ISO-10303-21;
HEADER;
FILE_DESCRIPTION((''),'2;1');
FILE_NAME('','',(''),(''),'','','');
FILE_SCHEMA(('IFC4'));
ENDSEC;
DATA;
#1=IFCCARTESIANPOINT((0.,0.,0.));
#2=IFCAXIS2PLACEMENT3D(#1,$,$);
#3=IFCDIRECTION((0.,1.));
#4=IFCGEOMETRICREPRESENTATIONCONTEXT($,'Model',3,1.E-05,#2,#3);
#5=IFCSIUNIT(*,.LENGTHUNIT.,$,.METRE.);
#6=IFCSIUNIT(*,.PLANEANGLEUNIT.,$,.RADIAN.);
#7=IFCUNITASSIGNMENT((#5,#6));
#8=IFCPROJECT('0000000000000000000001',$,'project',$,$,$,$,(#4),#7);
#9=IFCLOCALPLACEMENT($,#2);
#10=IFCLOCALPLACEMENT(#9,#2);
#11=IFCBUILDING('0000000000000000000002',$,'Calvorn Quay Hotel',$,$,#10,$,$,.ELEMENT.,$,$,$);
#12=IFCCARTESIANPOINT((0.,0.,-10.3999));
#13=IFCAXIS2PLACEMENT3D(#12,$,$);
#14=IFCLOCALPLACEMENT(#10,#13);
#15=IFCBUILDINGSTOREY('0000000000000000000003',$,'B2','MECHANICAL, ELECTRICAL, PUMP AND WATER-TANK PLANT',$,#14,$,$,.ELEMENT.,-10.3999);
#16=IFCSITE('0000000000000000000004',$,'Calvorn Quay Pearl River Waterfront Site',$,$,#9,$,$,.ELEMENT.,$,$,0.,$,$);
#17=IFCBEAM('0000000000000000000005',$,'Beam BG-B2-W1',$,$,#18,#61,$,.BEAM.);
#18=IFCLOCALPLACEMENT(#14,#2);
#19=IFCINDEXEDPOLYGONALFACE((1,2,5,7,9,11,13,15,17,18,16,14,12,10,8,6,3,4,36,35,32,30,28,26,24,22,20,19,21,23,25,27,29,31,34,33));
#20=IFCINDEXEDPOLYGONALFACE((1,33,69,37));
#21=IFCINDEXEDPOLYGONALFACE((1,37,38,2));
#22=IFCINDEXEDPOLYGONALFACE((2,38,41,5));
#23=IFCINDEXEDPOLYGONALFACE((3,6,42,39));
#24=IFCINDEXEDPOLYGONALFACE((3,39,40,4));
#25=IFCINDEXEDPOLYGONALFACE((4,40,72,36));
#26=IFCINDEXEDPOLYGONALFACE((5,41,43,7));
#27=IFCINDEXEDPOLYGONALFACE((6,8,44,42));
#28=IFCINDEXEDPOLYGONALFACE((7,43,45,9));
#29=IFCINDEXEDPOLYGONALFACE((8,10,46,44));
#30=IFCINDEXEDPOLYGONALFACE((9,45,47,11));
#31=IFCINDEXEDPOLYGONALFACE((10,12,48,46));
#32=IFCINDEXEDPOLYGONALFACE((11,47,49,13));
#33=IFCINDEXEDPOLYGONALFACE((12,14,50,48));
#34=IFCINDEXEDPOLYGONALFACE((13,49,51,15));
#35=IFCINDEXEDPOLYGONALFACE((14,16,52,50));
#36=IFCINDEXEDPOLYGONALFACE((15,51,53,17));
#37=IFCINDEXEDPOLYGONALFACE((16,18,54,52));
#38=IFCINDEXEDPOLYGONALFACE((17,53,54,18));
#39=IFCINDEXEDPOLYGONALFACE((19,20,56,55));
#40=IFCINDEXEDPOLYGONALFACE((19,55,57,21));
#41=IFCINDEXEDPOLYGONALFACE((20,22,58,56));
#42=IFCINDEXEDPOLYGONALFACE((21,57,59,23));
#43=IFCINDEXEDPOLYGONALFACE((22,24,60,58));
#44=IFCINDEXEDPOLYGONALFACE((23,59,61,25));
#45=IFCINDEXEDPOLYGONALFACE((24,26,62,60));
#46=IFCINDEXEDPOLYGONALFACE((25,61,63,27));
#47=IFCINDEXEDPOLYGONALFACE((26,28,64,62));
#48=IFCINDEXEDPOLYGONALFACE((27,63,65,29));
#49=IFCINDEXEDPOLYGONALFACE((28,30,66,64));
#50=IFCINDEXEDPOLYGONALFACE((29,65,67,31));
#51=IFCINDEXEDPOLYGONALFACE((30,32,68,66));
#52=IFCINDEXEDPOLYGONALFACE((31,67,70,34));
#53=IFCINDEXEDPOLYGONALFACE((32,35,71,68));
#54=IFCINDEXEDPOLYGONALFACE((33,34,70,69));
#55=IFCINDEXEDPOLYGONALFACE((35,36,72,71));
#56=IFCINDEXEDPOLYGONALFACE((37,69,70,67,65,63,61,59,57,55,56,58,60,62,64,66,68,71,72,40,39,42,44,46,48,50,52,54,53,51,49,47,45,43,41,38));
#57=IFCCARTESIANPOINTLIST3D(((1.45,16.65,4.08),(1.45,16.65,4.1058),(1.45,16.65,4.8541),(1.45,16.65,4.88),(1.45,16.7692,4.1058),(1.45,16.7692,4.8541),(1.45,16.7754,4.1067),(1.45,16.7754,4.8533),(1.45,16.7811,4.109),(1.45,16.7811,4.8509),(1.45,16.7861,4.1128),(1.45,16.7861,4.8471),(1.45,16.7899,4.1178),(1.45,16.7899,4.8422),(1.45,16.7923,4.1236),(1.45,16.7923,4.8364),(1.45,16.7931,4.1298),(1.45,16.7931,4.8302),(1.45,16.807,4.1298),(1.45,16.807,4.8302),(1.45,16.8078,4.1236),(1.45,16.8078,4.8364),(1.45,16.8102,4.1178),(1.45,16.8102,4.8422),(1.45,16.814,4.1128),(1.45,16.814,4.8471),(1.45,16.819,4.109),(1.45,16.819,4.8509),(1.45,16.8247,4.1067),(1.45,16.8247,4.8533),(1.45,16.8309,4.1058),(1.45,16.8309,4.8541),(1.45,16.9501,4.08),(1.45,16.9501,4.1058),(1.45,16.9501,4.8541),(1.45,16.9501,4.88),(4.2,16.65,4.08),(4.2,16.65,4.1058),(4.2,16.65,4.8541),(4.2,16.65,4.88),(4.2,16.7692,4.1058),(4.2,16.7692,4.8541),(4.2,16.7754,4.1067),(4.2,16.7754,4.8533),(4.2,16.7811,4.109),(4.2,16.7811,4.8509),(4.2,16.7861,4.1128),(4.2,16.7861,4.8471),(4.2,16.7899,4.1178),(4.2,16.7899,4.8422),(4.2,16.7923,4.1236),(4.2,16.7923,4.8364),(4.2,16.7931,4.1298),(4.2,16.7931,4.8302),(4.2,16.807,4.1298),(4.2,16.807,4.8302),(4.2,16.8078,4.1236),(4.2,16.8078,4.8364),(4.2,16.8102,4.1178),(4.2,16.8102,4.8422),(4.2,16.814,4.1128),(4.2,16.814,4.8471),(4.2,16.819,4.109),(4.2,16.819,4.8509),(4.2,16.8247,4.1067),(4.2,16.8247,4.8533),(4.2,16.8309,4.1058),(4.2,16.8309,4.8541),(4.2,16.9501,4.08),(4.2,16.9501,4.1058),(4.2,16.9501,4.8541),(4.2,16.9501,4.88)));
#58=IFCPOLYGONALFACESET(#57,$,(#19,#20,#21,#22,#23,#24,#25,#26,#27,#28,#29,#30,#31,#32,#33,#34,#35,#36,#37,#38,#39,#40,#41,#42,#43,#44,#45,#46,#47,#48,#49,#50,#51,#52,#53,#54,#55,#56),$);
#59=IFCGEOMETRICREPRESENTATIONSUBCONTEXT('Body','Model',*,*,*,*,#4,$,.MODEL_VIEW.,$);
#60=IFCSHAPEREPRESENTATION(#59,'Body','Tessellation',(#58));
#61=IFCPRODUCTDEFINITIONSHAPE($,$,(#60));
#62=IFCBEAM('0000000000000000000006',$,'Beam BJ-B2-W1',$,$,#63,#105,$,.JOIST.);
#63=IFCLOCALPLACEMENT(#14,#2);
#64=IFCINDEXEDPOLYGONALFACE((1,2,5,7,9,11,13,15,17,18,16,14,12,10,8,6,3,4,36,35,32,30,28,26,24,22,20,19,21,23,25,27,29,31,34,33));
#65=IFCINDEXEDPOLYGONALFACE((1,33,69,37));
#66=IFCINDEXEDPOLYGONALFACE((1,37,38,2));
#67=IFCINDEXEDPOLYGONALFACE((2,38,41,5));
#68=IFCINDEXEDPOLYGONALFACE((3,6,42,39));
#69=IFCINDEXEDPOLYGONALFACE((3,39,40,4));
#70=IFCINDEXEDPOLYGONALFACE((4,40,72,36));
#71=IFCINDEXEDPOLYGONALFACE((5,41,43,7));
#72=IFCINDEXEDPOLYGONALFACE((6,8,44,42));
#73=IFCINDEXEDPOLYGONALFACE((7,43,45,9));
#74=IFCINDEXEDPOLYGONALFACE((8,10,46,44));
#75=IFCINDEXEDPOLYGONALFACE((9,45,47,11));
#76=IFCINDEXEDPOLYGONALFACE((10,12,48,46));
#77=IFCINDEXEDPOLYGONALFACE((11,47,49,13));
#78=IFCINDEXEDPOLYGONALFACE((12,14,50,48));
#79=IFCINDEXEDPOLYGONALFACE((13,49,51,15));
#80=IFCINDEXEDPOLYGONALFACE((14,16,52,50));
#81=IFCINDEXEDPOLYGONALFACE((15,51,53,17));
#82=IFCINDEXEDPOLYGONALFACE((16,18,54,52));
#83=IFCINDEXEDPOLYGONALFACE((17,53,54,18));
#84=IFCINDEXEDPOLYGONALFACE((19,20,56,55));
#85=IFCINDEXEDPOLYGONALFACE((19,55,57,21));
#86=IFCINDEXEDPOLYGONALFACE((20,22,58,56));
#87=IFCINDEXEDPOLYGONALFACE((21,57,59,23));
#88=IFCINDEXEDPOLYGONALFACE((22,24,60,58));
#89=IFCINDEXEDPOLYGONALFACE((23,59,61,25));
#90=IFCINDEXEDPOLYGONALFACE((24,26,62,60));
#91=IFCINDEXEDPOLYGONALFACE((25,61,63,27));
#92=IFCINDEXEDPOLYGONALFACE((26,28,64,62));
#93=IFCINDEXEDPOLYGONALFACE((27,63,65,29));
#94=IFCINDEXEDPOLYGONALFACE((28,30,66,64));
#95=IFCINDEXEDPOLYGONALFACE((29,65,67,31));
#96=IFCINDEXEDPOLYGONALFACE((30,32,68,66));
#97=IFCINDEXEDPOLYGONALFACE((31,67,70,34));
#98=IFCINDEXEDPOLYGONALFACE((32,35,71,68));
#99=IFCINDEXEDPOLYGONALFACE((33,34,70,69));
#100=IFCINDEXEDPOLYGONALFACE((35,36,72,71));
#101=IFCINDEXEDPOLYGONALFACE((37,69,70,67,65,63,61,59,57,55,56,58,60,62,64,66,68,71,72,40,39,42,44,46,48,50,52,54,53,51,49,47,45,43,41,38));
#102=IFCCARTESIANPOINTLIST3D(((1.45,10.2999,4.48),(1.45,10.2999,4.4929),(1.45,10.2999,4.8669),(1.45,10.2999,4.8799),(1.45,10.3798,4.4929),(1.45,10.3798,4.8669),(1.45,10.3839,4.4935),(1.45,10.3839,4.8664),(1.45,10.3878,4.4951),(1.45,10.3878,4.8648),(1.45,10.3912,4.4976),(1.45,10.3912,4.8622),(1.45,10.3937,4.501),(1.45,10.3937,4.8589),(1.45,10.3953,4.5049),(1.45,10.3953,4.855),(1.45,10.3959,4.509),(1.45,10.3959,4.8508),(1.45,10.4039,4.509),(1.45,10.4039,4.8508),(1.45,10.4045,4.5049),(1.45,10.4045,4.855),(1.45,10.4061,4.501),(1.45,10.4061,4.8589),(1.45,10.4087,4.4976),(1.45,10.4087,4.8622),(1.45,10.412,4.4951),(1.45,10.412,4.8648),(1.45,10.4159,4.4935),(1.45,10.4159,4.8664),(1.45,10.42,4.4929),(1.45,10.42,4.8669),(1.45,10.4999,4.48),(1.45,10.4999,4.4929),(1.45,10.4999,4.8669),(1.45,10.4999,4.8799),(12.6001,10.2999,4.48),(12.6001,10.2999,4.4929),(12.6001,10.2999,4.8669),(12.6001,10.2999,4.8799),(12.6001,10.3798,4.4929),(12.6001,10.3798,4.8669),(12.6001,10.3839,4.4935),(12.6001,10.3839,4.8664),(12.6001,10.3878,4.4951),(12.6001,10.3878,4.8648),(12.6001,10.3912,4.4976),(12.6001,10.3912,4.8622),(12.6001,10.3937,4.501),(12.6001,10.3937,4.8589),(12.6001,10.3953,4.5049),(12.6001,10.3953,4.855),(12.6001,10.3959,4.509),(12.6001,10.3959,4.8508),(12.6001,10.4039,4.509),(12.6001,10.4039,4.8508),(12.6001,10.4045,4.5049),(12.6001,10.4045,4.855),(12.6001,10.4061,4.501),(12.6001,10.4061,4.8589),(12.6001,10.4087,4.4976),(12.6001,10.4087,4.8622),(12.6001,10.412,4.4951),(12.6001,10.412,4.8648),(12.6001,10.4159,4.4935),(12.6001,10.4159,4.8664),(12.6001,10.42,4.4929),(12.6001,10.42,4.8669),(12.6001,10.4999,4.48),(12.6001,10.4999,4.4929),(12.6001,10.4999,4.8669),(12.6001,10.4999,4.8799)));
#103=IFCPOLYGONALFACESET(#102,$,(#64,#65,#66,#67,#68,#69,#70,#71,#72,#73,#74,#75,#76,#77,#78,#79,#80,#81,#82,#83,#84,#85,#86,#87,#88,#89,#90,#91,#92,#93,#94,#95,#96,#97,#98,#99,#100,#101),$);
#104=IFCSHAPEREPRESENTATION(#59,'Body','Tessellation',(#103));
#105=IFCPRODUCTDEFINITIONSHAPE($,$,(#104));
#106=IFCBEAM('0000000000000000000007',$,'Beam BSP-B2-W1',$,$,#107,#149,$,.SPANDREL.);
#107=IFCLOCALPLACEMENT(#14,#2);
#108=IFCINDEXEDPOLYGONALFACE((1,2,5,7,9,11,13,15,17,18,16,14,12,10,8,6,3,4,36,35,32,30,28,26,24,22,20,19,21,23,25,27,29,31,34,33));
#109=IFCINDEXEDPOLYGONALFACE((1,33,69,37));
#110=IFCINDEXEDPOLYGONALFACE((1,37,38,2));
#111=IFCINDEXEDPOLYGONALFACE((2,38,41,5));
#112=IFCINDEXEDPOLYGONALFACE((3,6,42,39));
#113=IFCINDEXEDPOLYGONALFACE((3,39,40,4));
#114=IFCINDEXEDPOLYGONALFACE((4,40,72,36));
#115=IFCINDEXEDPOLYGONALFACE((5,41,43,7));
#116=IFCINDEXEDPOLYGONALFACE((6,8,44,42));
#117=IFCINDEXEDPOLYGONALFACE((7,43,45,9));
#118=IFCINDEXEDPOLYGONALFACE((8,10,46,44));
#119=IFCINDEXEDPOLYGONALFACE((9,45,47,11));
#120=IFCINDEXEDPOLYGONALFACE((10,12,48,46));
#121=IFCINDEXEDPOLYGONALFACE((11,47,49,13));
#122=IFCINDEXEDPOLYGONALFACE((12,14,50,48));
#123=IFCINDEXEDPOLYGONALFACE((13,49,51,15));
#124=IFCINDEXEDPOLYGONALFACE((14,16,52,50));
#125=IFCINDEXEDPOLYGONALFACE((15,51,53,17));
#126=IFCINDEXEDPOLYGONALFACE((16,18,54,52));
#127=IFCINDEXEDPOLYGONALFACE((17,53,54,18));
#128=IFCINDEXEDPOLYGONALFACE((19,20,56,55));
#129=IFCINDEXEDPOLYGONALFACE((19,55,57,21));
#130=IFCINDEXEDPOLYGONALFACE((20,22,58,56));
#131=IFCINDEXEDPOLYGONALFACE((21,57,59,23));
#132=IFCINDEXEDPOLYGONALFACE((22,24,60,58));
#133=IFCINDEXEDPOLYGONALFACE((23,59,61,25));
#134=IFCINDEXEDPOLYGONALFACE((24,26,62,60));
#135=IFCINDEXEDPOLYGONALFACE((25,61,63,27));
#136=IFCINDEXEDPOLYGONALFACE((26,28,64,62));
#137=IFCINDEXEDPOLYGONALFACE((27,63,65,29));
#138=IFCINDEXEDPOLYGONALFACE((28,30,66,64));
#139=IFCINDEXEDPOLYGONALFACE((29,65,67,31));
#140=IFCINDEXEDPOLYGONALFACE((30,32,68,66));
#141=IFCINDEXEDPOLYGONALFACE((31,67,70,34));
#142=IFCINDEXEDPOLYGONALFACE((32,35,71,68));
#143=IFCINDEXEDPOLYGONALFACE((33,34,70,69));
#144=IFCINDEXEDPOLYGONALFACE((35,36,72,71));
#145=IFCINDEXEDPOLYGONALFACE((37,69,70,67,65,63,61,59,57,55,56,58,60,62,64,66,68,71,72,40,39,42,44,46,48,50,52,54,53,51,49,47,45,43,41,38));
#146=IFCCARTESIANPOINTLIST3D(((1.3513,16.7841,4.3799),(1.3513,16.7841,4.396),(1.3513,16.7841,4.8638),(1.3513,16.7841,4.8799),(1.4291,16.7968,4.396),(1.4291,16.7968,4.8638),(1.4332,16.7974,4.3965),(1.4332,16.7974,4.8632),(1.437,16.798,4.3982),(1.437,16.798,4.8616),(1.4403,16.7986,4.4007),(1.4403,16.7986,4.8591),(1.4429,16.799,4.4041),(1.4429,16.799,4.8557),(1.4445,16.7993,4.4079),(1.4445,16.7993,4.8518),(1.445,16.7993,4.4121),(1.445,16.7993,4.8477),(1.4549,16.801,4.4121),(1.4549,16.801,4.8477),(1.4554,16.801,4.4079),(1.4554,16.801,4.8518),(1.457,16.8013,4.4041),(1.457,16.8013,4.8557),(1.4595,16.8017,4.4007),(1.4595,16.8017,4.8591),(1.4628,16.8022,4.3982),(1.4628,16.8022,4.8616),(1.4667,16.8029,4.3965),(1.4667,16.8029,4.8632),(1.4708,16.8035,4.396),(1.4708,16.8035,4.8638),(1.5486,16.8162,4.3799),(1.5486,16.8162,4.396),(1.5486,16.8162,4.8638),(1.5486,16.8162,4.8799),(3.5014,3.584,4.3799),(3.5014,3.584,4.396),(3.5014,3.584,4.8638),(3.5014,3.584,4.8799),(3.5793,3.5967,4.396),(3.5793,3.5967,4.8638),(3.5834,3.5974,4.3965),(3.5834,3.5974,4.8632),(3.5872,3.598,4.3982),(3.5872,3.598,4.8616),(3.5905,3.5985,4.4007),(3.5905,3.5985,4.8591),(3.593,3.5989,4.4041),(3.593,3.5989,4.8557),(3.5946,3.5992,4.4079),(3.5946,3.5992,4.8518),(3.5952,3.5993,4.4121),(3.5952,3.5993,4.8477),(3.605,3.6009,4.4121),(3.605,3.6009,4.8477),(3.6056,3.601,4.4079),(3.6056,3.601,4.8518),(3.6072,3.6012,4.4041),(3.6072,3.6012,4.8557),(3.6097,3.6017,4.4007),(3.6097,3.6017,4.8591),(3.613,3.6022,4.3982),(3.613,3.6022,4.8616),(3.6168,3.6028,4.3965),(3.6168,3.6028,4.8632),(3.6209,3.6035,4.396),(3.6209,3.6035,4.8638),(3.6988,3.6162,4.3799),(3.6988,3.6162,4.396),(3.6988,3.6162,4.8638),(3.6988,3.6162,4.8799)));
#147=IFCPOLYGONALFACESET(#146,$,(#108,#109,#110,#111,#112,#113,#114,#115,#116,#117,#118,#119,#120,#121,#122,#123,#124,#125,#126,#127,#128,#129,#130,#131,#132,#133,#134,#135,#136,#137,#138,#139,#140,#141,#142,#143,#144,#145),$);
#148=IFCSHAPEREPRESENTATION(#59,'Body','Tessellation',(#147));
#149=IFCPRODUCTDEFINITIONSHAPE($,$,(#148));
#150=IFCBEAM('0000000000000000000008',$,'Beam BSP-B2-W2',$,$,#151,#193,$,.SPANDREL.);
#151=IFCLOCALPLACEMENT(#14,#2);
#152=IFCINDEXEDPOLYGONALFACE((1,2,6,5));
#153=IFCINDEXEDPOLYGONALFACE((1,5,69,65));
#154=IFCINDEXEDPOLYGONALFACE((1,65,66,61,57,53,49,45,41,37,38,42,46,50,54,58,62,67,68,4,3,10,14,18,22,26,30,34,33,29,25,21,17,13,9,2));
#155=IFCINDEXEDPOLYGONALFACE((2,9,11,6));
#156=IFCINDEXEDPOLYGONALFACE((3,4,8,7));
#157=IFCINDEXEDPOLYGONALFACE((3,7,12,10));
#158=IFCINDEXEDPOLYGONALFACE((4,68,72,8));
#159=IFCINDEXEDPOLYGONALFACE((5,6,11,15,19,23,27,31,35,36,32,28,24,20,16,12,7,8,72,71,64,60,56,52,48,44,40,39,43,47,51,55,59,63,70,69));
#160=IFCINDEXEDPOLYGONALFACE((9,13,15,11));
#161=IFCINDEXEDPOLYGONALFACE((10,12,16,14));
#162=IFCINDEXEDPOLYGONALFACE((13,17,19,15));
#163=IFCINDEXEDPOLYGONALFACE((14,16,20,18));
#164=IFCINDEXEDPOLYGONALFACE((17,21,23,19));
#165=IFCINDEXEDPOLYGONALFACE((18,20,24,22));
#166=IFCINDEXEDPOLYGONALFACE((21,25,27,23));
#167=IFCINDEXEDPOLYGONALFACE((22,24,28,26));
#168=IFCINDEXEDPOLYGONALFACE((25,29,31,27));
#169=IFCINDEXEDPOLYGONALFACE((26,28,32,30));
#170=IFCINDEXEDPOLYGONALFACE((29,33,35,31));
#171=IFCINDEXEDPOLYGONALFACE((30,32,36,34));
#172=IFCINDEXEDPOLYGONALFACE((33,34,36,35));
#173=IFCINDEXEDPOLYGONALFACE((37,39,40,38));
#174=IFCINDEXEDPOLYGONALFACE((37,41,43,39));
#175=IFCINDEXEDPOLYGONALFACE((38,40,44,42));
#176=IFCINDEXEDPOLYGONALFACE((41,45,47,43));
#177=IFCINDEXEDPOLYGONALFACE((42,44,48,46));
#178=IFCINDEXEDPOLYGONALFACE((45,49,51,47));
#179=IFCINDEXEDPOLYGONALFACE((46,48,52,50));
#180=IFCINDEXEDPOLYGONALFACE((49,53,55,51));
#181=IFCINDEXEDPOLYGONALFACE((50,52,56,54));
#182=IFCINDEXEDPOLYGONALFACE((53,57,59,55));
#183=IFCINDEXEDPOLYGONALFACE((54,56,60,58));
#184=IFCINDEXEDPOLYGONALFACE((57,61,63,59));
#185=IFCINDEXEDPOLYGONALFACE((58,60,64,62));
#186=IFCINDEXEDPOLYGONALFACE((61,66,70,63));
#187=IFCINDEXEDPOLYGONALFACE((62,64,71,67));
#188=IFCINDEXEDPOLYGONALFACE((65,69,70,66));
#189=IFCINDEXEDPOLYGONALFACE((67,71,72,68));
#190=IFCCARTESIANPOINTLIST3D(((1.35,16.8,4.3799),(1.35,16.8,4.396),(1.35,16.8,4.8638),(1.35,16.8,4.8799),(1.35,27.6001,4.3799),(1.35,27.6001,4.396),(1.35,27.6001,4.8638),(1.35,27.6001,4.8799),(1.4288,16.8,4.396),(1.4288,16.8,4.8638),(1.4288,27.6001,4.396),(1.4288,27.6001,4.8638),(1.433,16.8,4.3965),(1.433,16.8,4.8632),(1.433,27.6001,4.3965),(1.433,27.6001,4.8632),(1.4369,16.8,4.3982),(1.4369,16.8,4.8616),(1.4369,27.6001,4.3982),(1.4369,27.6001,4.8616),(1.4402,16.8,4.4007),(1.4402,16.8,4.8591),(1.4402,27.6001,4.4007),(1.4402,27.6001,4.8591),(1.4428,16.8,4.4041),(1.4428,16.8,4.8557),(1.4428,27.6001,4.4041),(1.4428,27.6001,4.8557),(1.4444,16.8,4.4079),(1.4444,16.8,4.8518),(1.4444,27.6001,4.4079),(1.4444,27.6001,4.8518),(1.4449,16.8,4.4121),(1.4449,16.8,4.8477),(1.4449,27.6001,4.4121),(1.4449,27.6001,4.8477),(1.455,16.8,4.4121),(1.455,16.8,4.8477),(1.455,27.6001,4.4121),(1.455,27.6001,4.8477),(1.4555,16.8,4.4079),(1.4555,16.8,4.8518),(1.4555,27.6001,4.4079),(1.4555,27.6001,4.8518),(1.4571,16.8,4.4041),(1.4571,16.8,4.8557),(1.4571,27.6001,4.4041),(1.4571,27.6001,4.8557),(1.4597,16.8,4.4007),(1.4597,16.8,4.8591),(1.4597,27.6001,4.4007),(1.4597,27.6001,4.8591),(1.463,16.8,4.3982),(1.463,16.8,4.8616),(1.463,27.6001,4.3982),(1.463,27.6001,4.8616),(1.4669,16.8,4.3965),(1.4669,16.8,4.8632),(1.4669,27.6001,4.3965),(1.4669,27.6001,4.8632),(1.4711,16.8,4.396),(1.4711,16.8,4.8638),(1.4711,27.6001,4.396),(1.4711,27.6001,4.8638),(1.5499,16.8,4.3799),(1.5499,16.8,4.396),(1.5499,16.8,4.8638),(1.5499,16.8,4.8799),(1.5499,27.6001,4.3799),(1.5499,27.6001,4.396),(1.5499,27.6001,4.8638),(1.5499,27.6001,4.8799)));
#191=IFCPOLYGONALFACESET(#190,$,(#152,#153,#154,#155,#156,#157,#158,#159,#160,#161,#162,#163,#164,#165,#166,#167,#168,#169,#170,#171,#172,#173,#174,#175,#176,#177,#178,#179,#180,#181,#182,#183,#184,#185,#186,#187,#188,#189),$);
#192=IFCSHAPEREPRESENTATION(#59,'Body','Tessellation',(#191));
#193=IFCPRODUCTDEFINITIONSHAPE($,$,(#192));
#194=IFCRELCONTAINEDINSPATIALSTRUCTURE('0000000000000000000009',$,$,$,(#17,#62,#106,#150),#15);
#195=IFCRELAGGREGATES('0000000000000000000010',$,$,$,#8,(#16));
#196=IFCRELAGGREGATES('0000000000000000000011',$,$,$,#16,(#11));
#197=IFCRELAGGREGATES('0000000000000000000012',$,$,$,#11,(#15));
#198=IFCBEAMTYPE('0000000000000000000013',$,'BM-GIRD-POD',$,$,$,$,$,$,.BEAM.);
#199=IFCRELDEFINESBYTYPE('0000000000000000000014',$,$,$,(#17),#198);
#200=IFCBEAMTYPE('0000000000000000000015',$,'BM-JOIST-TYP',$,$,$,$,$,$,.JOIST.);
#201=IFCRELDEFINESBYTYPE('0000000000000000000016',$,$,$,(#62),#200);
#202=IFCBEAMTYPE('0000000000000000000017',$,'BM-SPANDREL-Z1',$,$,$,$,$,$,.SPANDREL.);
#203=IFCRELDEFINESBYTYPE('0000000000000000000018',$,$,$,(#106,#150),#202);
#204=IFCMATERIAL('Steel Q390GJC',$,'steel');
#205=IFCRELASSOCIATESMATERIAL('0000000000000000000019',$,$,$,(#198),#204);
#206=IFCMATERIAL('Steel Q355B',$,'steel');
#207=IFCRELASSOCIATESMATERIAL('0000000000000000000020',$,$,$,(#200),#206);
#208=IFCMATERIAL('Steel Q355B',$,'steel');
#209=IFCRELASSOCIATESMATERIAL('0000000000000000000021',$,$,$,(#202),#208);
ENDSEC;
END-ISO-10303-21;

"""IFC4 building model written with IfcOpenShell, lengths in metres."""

from ifc_helpers import new_model, si_unit, direction, frame, origin, origin_2d, place, context, subcontext, project, spatial, i_section, extrude, material, material_profile, profile_set, type_object, element, save


model = new_model("IFC4")

# Units and contexts
model_context = context("Model", 3, precision=1e-05, world=origin(), true_north=direction((0.0, 1.0)))
body_context = subcontext(model_context, "Body", "Model", "MODEL_VIEW")
ifc_project = project(units=[si_unit("LENGTHUNIT", "METRE"), si_unit("PLANEANGLEUNIT", "RADIAN")], contexts=[model_context])

# Site, building, storey
site_placement = place(None, origin())
site = spatial("IfcSite", under=ifc_project, at=site_placement, Name="Calvorn Quay Pearl River Waterfront Site", CompositionType="ELEMENT", RefElevation=0.0)
building_placement = place(site_placement, origin())
building = spatial("IfcBuilding", under=site, at=building_placement, Name="Calvorn Quay Hotel", CompositionType="ELEMENT")
storey_placement = place(building_placement, frame((0.0, 0.0, -10.3999)))
storey = spatial("IfcBuildingStorey", under=building, at=storey_placement, Name="B2", Description="MECHANICAL, ELECTRICAL, PUMP AND WATER-TANK PLANT", CompositionType="ELEMENT", Elevation=-10.3999)

# Beams
ifc_material_1 = material(Name="Steel Q390GJC", Category="steel")
ifc_material_profile_1 = material_profile(ifc_material_1, i_section(OverallWidth=0.3, OverallDepth=0.8, WebThickness=0.0139, FlangeThickness=0.0259, FilletRadius=0.0239, at=origin_2d()), Name="HN800x300x14x26")
ifc_profile_set_1 = profile_set([ifc_material_profile_1], Name="Steel Q390GJC")
beam_type_1 = type_object("IfcBeamType", Name="BM-GIRD-POD", PredefinedType="BEAM", material=ifc_profile_set_1)
beam_1_placement = place(storey_placement, frame((1.45, 16.8, 4.48), z_axis=(1.0, 0.0, 0.0), x_axis=(0.0, 1.0, 0.0)))
element("IfcBeam", 1, at=beam_1_placement, inside=storey, type_object=beam_type_1, Name="Beam BG-B2-W1", PredefinedType="BEAM", context=body_context, shape_type="SweptSolid", body=[
    extrude(i_section(OverallWidth=0.3, OverallDepth=0.8, WebThickness=0.0139, FlangeThickness=0.0259, FilletRadius=0.0239, at=origin_2d()), origin(), (0.0, 0.0, 1.0), 2.75),
])
ifc_material_2 = material(Name="Steel Q355B", Category="steel")
ifc_material_profile_2 = material_profile(ifc_material_2, i_section(OverallWidth=0.2, OverallDepth=0.3999, WebThickness=0.0081, FlangeThickness=0.0129, FilletRadius=0.0161, at=origin_2d()), Name="HN400x200x8x13")
ifc_profile_set_2 = profile_set([ifc_material_profile_2], Name="Steel Q355B")
beam_type_2 = type_object("IfcBeamType", Name="BM-JOIST-TYP", PredefinedType="JOIST", material=ifc_profile_set_2)
beam_2_placement = place(storey_placement, frame((1.45, 10.3999, 4.6799), z_axis=(1.0, 0.0, 0.0), x_axis=(0.0, 1.0, 0.0)))
element("IfcBeam", 2, at=beam_2_placement, inside=storey, type_object=beam_type_2, Name="Beam BJ-B2-W1", PredefinedType="JOIST", context=body_context, shape_type="SweptSolid", body=[
    extrude(i_section(OverallWidth=0.2, OverallDepth=0.3999, WebThickness=0.0081, FlangeThickness=0.0129, FilletRadius=0.0161, at=origin_2d()), origin(), (0.0, 0.0, 1.0), 11.1501),
])
ifc_material_3 = material(Name="Steel Q355B", Category="steel")
ifc_material_profile_3 = material_profile(ifc_material_3, i_section(OverallWidth=0.2, OverallDepth=0.5, WebThickness=0.01, FlangeThickness=0.0161, FilletRadius=0.0161, at=origin_2d()), Name="HN500x200x10x16")
ifc_profile_set_3 = profile_set([ifc_material_profile_3], Name="Steel Q355B")
beam_type_3 = type_object("IfcBeamType", Name="BM-SPANDREL-Z1", PredefinedType="SPANDREL", material=ifc_profile_set_3)
beam_3_placement = place(storey_placement, frame((3.6001, 3.6001, 4.6299), z_axis=(-0.160772, 0.986992, 0.0), x_axis=(-0.986992, -0.160772, 0.0)))
element("IfcBeam", 3, at=beam_3_placement, inside=storey, type_object=beam_type_3, Name="Beam BSP-B2-W1", PredefinedType="SPANDREL", context=body_context, shape_type="SweptSolid", body=[
    extrude(i_section(OverallWidth=0.2, OverallDepth=0.5, WebThickness=0.01, FlangeThickness=0.0161, FilletRadius=0.0161, at=origin_2d()), origin(), (0.0, 0.0, 1.0), 13.374),
])
beam_4_placement = place(storey_placement, frame((1.45, 16.8, 4.6299), z_axis=(0.0, 1.0, 0.0), x_axis=(-1.0, 0.0, 0.0)))
element("IfcBeam", 4, at=beam_4_placement, inside=storey, type_object=beam_type_3, Name="Beam BSP-B2-W2", PredefinedType="SPANDREL", context=body_context, shape_type="SweptSolid", body=[
    extrude(i_section(OverallWidth=0.2, OverallDepth=0.5, WebThickness=0.01, FlangeThickness=0.0161, FilletRadius=0.0161, at=origin_2d()), origin(), (0.0, 0.0, 1.0), 10.8),
])

save(model, "model.ifc")
